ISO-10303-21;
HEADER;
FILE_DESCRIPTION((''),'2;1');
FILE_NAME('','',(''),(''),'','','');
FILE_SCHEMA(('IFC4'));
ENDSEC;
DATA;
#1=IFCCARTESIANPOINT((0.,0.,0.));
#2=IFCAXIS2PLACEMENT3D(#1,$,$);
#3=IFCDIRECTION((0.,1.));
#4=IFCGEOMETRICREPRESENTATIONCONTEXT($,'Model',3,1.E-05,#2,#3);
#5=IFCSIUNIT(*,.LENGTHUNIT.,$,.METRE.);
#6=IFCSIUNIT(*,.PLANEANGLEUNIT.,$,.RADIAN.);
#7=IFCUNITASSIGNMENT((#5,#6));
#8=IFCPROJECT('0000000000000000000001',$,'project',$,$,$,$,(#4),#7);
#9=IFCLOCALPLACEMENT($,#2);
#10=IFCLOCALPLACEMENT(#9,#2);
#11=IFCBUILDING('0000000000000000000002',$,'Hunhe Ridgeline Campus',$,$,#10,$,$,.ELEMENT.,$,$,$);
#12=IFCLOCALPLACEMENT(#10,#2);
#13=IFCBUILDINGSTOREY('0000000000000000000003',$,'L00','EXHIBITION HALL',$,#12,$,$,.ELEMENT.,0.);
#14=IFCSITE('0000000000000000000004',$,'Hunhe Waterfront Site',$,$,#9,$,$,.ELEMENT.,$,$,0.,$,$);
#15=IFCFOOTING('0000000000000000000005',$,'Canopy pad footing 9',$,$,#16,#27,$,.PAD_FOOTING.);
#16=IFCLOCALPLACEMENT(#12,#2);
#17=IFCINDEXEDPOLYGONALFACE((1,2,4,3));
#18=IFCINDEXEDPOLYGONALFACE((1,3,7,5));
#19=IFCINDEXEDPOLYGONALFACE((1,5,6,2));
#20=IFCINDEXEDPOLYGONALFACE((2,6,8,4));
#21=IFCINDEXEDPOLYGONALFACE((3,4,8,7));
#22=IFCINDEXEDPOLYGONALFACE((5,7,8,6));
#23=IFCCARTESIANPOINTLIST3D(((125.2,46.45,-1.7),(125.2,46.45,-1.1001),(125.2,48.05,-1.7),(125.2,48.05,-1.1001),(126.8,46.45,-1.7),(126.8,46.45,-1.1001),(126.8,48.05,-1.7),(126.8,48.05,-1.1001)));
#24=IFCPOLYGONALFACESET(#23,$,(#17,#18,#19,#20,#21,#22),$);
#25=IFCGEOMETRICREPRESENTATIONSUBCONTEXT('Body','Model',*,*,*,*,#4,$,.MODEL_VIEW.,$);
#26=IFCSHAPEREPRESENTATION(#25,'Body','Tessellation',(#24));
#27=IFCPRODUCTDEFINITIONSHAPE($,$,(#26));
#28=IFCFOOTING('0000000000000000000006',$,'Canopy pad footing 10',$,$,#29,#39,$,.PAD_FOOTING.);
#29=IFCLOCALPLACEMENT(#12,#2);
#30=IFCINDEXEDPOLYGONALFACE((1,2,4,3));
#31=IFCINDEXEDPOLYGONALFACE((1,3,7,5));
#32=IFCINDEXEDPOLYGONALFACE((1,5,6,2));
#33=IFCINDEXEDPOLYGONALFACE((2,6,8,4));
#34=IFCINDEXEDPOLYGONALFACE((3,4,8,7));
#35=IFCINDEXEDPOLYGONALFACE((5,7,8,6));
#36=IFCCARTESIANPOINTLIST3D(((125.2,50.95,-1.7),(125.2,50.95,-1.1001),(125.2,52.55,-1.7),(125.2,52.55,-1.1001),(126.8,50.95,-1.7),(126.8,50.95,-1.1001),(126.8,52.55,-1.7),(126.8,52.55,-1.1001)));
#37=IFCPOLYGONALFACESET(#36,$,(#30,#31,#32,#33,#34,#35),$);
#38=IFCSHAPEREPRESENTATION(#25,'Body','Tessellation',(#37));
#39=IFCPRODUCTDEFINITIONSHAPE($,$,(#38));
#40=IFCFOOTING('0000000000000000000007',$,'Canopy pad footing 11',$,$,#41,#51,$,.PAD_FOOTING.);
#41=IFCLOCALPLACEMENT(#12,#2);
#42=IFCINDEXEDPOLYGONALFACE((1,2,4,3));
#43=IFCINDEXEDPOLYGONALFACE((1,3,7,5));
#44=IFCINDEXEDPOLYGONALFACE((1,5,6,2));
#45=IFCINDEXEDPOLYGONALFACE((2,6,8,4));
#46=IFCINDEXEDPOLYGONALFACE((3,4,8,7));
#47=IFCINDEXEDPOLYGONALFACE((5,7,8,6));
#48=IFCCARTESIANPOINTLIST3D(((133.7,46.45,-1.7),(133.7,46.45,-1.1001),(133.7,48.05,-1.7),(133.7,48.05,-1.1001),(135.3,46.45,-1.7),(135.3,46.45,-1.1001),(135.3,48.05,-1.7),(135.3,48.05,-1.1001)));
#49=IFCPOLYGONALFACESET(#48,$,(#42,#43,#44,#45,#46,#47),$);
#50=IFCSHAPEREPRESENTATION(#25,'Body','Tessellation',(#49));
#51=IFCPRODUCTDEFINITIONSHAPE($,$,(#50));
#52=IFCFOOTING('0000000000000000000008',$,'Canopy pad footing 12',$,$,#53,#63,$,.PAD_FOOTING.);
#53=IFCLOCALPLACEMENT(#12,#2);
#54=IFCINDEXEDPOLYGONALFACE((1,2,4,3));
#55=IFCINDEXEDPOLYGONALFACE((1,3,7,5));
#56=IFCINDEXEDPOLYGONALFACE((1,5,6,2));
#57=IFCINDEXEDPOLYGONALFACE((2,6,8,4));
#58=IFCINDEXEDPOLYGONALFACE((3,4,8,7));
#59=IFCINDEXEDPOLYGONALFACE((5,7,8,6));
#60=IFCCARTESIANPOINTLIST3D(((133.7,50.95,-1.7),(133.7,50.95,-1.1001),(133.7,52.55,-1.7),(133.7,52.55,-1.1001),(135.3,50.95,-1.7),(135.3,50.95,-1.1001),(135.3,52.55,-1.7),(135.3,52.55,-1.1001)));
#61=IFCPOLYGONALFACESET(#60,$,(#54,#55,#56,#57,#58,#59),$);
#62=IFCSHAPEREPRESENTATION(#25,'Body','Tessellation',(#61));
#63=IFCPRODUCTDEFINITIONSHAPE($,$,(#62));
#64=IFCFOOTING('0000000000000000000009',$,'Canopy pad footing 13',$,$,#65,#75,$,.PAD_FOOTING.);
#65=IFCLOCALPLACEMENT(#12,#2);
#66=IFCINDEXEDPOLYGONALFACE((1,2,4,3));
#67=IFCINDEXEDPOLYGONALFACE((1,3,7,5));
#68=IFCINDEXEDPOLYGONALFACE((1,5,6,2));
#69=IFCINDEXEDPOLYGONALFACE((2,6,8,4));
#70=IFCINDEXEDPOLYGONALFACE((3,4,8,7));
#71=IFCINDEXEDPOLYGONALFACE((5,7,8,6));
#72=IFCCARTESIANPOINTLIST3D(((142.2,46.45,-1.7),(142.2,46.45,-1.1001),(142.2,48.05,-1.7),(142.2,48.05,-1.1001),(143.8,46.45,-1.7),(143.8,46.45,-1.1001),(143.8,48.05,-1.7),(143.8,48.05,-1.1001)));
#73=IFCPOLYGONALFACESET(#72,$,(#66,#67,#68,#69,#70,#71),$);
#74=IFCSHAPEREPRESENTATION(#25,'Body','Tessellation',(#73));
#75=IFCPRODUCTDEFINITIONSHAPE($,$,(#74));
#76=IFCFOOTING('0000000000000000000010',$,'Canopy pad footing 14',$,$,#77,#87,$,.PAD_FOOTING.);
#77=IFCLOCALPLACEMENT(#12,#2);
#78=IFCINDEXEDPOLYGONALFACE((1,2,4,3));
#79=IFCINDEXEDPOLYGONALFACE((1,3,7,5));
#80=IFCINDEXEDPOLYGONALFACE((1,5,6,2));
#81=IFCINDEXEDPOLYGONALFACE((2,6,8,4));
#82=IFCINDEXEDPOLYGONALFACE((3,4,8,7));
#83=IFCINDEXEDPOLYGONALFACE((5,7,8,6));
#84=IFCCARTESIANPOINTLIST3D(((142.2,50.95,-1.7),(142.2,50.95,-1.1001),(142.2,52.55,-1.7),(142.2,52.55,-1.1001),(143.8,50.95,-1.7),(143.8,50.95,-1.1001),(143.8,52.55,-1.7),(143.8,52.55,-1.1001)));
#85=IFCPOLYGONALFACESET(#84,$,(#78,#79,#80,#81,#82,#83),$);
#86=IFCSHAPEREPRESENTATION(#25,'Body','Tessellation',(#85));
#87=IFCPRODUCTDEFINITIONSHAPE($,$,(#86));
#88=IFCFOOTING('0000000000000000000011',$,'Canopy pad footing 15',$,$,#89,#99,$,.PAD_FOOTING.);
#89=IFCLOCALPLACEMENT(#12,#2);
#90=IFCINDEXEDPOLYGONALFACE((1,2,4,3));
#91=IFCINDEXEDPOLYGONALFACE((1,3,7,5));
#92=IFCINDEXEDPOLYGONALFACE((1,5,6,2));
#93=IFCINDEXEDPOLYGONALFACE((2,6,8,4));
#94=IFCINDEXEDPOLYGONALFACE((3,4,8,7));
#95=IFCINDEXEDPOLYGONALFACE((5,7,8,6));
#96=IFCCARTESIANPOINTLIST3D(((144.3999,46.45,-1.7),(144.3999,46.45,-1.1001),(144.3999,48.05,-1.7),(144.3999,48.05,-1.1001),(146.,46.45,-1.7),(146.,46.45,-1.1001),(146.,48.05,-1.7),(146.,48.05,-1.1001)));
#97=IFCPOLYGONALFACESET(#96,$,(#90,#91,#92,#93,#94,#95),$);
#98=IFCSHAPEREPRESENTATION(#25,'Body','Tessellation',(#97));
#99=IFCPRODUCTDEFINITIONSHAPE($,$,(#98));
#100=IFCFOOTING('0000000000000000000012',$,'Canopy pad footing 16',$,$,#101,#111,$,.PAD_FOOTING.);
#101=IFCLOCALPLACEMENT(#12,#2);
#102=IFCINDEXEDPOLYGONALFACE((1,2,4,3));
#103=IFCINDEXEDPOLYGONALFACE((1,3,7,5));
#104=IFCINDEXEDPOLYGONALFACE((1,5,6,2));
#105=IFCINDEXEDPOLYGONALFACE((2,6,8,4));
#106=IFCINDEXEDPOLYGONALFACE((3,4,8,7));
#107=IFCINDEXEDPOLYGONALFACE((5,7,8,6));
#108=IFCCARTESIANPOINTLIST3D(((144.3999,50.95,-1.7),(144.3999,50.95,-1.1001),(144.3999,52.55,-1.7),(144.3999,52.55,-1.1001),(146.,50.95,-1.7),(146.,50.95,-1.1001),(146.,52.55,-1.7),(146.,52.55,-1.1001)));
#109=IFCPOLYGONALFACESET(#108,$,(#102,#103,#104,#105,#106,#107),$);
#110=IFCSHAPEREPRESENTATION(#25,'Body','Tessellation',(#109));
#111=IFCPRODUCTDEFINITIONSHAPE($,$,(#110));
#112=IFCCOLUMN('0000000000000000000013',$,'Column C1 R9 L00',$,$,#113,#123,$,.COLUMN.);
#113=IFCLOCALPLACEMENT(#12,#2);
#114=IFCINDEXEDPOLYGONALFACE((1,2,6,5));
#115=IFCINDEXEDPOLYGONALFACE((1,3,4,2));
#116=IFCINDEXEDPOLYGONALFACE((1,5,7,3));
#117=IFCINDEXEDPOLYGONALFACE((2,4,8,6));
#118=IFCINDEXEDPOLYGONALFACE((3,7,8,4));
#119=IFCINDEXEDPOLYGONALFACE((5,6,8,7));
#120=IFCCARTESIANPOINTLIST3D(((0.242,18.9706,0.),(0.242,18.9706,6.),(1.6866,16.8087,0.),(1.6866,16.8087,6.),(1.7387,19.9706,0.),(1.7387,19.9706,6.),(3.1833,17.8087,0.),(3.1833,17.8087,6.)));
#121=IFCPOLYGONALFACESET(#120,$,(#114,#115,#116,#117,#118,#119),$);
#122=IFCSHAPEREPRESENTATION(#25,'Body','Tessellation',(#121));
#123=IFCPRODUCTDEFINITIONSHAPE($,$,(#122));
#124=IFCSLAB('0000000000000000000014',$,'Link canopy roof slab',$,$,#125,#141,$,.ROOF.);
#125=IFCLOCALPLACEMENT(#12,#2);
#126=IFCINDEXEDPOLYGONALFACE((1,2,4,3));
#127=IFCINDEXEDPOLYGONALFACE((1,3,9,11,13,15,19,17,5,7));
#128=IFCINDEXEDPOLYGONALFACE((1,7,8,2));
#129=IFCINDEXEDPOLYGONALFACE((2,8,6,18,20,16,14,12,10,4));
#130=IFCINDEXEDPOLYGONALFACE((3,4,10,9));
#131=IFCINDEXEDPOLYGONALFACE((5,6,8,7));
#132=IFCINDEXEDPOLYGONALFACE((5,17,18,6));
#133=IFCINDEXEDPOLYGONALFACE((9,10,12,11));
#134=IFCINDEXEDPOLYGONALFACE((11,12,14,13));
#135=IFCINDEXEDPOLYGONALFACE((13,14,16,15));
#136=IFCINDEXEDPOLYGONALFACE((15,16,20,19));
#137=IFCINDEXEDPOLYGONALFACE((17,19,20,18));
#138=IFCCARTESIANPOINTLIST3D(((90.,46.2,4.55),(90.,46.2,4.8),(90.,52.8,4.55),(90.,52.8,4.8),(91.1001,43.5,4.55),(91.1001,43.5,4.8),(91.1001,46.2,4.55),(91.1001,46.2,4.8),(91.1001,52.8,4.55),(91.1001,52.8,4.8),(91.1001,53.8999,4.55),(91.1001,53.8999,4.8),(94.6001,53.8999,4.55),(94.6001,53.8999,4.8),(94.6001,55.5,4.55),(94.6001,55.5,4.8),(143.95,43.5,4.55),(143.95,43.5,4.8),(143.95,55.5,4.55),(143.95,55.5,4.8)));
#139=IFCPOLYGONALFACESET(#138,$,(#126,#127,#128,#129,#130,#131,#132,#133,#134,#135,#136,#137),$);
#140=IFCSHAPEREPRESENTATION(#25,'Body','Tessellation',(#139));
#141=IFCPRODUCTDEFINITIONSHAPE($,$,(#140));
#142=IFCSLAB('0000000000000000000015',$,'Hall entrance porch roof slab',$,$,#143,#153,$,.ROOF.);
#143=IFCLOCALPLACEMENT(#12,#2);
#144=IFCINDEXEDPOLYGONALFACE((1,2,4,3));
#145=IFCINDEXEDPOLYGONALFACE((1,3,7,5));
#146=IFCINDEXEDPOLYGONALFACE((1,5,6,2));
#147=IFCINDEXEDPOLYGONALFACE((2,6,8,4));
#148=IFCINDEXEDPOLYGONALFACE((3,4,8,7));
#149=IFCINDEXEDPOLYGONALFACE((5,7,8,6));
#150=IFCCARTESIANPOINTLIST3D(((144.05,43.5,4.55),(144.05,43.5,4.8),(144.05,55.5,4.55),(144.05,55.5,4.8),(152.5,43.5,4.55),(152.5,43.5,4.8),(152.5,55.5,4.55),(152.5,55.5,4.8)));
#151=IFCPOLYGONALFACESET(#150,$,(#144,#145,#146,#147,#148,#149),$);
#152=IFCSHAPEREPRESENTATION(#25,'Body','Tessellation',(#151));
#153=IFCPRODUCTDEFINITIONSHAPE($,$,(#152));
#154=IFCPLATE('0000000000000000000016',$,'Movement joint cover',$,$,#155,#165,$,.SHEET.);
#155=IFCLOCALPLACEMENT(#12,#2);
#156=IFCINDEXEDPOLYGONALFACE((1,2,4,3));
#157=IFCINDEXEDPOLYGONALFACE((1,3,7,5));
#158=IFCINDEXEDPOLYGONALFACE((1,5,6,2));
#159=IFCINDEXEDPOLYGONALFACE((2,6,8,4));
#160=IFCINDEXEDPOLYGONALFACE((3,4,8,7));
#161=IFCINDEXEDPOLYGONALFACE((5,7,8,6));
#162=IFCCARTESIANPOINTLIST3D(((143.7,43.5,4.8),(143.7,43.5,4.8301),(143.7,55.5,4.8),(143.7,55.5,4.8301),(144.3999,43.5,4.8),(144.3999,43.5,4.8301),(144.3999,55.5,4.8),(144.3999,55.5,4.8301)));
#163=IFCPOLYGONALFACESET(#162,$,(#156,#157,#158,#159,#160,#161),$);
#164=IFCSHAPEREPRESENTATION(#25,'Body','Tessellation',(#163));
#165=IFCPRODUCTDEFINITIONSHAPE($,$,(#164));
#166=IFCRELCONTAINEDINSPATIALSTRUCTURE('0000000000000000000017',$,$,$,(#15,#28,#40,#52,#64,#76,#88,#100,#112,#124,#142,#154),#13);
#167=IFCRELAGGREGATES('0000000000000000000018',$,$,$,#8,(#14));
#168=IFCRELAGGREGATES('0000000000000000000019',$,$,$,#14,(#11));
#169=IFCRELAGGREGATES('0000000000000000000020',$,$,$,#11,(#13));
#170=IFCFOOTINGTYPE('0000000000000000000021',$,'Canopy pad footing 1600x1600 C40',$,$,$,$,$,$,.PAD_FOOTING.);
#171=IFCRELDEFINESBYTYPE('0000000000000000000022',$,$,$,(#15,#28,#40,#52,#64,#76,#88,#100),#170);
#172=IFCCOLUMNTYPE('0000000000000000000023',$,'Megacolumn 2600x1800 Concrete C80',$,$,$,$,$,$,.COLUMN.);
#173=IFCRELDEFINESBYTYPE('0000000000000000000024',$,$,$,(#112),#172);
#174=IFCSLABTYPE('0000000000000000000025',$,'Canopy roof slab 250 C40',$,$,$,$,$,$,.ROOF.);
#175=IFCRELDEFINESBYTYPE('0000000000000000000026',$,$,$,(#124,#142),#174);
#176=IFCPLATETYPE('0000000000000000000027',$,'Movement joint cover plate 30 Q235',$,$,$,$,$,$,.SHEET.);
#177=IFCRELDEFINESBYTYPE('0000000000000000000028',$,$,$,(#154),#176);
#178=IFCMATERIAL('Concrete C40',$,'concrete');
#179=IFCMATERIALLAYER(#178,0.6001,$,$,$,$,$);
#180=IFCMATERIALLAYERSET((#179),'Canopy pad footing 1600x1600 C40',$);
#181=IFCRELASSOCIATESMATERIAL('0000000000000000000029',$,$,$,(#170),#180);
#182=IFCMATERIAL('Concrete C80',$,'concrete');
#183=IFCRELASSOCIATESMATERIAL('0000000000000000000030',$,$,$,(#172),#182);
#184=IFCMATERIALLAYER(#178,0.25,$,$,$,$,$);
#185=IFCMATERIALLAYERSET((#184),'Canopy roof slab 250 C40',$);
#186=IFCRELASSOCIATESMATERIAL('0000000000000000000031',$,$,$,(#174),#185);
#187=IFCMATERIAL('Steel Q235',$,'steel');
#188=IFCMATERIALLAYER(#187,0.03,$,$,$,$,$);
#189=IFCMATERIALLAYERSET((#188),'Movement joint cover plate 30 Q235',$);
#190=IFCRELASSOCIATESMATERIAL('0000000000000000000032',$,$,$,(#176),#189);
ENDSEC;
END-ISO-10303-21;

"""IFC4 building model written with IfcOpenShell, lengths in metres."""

from ifc_helpers import new_model, si_unit, direction, frame, origin, origin_2d, place, context, subcontext, project, spatial, polyline, rectangle, outline, extrude, material, layer, layer_set, material_profile, profile_set, type_object, element, save


model = new_model("IFC4")

# Units and contexts
model_context = context("Model", 3, precision=1e-05, world=origin(), true_north=direction((0.0, 1.0)))
body_context = subcontext(model_context, "Body", "Model", "MODEL_VIEW")
ifc_project = project(units=[si_unit("LENGTHUNIT", "METRE"), si_unit("PLANEANGLEUNIT", "RADIAN")], contexts=[model_context])

# Site, building, storey
site_placement = place(None, origin())
site = spatial("IfcSite", under=ifc_project, at=site_placement, Name="Hunhe Waterfront Site", CompositionType="ELEMENT", RefElevation=0.0)
building_placement = place(site_placement, origin())
building = spatial("IfcBuilding", under=site, at=building_placement, Name="Hunhe Ridgeline Campus", CompositionType="ELEMENT")
storey_placement = place(building_placement, origin())
storey = spatial("IfcBuildingStorey", under=building, at=storey_placement, Name="L00", Description="EXHIBITION HALL", CompositionType="ELEMENT", Elevation=0.0)

# Footings
ifc_material_1 = material(Name="Concrete C40", Category="concrete")
ifc_layer_1 = layer(ifc_material_1, 0.6001)
ifc_layer_set_1 = layer_set([ifc_layer_1], Name="Canopy pad footing 1600x1600 C40")
footing_type = type_object("IfcFootingType", Name="Canopy pad footing 1600x1600 C40", PredefinedType="PAD_FOOTING", material=ifc_layer_set_1)
footing_1_placement = place(storey_placement, frame((0.0, 0.0, -1.7)))
element("IfcFooting", 1, at=footing_1_placement, inside=storey, type_object=footing_type, Name="Canopy pad footing 9", PredefinedType="PAD_FOOTING", context=body_context, shape_type="SweptSolid", body=[
    extrude(outline(polyline([(126.8, 46.45), (126.8, 48.05), (125.2, 48.05), (125.2, 46.45), (126.8, 46.45)])), origin(), (0.0, 0.0, 1.0), 0.5999),
])
footing_2_placement = place(storey_placement, frame((0.0, 0.0, -1.7)))
element("IfcFooting", 2, at=footing_2_placement, inside=storey, type_object=footing_type, Name="Canopy pad footing 10", PredefinedType="PAD_FOOTING", context=body_context, shape_type="SweptSolid", body=[
    extrude(outline(polyline([(126.8, 50.95), (126.8, 52.55), (125.2, 52.55), (125.2, 50.95), (126.8, 50.95)])), origin(), (0.0, 0.0, 1.0), 0.5999),
])
footing_3_placement = place(storey_placement, frame((0.0, 0.0, -1.7)))
element("IfcFooting", 3, at=footing_3_placement, inside=storey, type_object=footing_type, Name="Canopy pad footing 11", PredefinedType="PAD_FOOTING", context=body_context, shape_type="SweptSolid", body=[
    extrude(outline(polyline([(135.3, 46.45), (135.3, 48.05), (133.7, 48.05), (133.7, 46.45), (135.3, 46.45)])), origin(), (0.0, 0.0, 1.0), 0.5999),
])
footing_4_placement = place(storey_placement, frame((0.0, 0.0, -1.7)))
element("IfcFooting", 4, at=footing_4_placement, inside=storey, type_object=footing_type, Name="Canopy pad footing 12", PredefinedType="PAD_FOOTING", context=body_context, shape_type="SweptSolid", body=[
    extrude(outline(polyline([(135.3, 50.95), (135.3, 52.55), (133.7, 52.55), (133.7, 50.95), (135.3, 50.95)])), origin(), (0.0, 0.0, 1.0), 0.5999),
])
footing_5_placement = place(storey_placement, frame((0.0, 0.0, -1.7)))
element("IfcFooting", 5, at=footing_5_placement, inside=storey, type_object=footing_type, Name="Canopy pad footing 13", PredefinedType="PAD_FOOTING", context=body_context, shape_type="SweptSolid", body=[
    extrude(outline(polyline([(143.8, 46.45), (143.8, 48.05), (142.2, 48.05), (142.2, 46.45), (143.8, 46.45)])), origin(), (0.0, 0.0, 1.0), 0.5999),
])
footing_6_placement = place(storey_placement, frame((0.0, 0.0, -1.7)))
element("IfcFooting", 6, at=footing_6_placement, inside=storey, type_object=footing_type, Name="Canopy pad footing 14", PredefinedType="PAD_FOOTING", context=body_context, shape_type="SweptSolid", body=[
    extrude(outline(polyline([(143.8, 50.95), (143.8, 52.55), (142.2, 52.55), (142.2, 50.95), (143.8, 50.95)])), origin(), (0.0, 0.0, 1.0), 0.5999),
])
footing_7_placement = place(storey_placement, frame((0.0, 0.0, -1.7)))
element("IfcFooting", 7, at=footing_7_placement, inside=storey, type_object=footing_type, Name="Canopy pad footing 15", PredefinedType="PAD_FOOTING", context=body_context, shape_type="SweptSolid", body=[
    extrude(outline(polyline([(146.0, 46.45), (146.0, 48.05), (144.3999, 48.05), (144.3999, 46.45), (146.0, 46.45)])), origin(), (0.0, 0.0, 1.0), 0.5999),
])
footing_8_placement = place(storey_placement, frame((0.0, 0.0, -1.7)))
element("IfcFooting", 8, at=footing_8_placement, inside=storey, type_object=footing_type, Name="Canopy pad footing 16", PredefinedType="PAD_FOOTING", context=body_context, shape_type="SweptSolid", body=[
    extrude(outline(polyline([(146.0, 50.95), (146.0, 52.55), (144.3999, 52.55), (144.3999, 50.95), (146.0, 50.95)])), origin(), (0.0, 0.0, 1.0), 0.5999),
])

# Column
ifc_material_2 = material(Name="Concrete C80", Category="concrete")
ifc_material_profile = material_profile(ifc_material_2, rectangle(XDim=2.6001, YDim=1.8, at=origin_2d()))
ifc_profile_set = profile_set([ifc_material_profile], Name="Concrete C80")
column_type = type_object("IfcColumnType", Name="Megacolumn 2600x1800 Concrete C80", PredefinedType="COLUMN", material=ifc_profile_set)
column_placement = place(storey_placement, frame((1.7126, 18.3896, 0.0), z_axis=(0.0, 0.0, 1.0), x_axis=(-0.55557, 0.83147, 0.0)))
element("IfcColumn", 9, at=column_placement, inside=storey, type_object=column_type, Name="Column C1 R9 L00", PredefinedType="COLUMN", context=body_context, shape_type="SweptSolid", body=[
    extrude(rectangle(XDim=2.6001, YDim=1.8, at=origin_2d()), origin(), (0.0, 0.0, 1.0), 6.0),
])

# Slabs
ifc_layer_2 = layer(ifc_material_1, 0.25)
ifc_layer_set_2 = layer_set([ifc_layer_2], Name="Canopy roof slab 250 C40")
slab_type = type_object("IfcSlabType", Name="Canopy roof slab 250 C40", PredefinedType="ROOF", material=ifc_layer_set_2)
slab_1_placement = place(storey_placement, frame((0.0, 0.0, 4.55)))
element("IfcSlab", 10, at=slab_1_placement, inside=storey, type_object=slab_type, Name="Link canopy roof slab", PredefinedType="ROOF", context=body_context, shape_type="SweptSolid", body=[
    extrude(outline(polyline([(91.1001, 43.5), (143.95, 43.5), (143.95, 55.5), (94.6001, 55.5), (94.6001, 53.8999), (91.1001, 53.8999), (91.1001, 52.8), (90.0, 52.8), (90.0, 46.2), (91.1001, 46.2), (91.1001, 43.5)])), origin(), (0.0, 0.0, 1.0), 0.25),
])
slab_2_placement = place(storey_placement, frame((0.0, 0.0, 4.55)))
element("IfcSlab", 11, at=slab_2_placement, inside=storey, type_object=slab_type, Name="Hall entrance porch roof slab", PredefinedType="ROOF", context=body_context, shape_type="SweptSolid", body=[
    extrude(outline(polyline([(152.5, 43.5), (152.5, 55.5), (144.05, 55.5), (144.05, 43.5), (152.5, 43.5)])), origin(), (0.0, 0.0, 1.0), 0.25),
])

# Plate
ifc_material_3 = material(Name="Steel Q235", Category="steel")
ifc_layer_3 = layer(ifc_material_3, 0.03)
ifc_layer_set_3 = layer_set([ifc_layer_3], Name="Movement joint cover plate 30 Q235")
plate_type = type_object("IfcPlateType", Name="Movement joint cover plate 30 Q235", PredefinedType="SHEET", material=ifc_layer_set_3)
plate_placement = place(storey_placement, frame((0.0, 0.0, 4.8)))
element("IfcPlate", 12, at=plate_placement, inside=storey, type_object=plate_type, Name="Movement joint cover", PredefinedType="SHEET", context=body_context, shape_type="SweptSolid", body=[
    extrude(outline(polyline([(144.3999, 43.5), (144.3999, 55.5), (143.7, 55.5), (143.7, 43.5), (144.3999, 43.5)])), origin(), (0.0, 0.0, 1.0), 0.03),
])

save(model, "model.ifc")
